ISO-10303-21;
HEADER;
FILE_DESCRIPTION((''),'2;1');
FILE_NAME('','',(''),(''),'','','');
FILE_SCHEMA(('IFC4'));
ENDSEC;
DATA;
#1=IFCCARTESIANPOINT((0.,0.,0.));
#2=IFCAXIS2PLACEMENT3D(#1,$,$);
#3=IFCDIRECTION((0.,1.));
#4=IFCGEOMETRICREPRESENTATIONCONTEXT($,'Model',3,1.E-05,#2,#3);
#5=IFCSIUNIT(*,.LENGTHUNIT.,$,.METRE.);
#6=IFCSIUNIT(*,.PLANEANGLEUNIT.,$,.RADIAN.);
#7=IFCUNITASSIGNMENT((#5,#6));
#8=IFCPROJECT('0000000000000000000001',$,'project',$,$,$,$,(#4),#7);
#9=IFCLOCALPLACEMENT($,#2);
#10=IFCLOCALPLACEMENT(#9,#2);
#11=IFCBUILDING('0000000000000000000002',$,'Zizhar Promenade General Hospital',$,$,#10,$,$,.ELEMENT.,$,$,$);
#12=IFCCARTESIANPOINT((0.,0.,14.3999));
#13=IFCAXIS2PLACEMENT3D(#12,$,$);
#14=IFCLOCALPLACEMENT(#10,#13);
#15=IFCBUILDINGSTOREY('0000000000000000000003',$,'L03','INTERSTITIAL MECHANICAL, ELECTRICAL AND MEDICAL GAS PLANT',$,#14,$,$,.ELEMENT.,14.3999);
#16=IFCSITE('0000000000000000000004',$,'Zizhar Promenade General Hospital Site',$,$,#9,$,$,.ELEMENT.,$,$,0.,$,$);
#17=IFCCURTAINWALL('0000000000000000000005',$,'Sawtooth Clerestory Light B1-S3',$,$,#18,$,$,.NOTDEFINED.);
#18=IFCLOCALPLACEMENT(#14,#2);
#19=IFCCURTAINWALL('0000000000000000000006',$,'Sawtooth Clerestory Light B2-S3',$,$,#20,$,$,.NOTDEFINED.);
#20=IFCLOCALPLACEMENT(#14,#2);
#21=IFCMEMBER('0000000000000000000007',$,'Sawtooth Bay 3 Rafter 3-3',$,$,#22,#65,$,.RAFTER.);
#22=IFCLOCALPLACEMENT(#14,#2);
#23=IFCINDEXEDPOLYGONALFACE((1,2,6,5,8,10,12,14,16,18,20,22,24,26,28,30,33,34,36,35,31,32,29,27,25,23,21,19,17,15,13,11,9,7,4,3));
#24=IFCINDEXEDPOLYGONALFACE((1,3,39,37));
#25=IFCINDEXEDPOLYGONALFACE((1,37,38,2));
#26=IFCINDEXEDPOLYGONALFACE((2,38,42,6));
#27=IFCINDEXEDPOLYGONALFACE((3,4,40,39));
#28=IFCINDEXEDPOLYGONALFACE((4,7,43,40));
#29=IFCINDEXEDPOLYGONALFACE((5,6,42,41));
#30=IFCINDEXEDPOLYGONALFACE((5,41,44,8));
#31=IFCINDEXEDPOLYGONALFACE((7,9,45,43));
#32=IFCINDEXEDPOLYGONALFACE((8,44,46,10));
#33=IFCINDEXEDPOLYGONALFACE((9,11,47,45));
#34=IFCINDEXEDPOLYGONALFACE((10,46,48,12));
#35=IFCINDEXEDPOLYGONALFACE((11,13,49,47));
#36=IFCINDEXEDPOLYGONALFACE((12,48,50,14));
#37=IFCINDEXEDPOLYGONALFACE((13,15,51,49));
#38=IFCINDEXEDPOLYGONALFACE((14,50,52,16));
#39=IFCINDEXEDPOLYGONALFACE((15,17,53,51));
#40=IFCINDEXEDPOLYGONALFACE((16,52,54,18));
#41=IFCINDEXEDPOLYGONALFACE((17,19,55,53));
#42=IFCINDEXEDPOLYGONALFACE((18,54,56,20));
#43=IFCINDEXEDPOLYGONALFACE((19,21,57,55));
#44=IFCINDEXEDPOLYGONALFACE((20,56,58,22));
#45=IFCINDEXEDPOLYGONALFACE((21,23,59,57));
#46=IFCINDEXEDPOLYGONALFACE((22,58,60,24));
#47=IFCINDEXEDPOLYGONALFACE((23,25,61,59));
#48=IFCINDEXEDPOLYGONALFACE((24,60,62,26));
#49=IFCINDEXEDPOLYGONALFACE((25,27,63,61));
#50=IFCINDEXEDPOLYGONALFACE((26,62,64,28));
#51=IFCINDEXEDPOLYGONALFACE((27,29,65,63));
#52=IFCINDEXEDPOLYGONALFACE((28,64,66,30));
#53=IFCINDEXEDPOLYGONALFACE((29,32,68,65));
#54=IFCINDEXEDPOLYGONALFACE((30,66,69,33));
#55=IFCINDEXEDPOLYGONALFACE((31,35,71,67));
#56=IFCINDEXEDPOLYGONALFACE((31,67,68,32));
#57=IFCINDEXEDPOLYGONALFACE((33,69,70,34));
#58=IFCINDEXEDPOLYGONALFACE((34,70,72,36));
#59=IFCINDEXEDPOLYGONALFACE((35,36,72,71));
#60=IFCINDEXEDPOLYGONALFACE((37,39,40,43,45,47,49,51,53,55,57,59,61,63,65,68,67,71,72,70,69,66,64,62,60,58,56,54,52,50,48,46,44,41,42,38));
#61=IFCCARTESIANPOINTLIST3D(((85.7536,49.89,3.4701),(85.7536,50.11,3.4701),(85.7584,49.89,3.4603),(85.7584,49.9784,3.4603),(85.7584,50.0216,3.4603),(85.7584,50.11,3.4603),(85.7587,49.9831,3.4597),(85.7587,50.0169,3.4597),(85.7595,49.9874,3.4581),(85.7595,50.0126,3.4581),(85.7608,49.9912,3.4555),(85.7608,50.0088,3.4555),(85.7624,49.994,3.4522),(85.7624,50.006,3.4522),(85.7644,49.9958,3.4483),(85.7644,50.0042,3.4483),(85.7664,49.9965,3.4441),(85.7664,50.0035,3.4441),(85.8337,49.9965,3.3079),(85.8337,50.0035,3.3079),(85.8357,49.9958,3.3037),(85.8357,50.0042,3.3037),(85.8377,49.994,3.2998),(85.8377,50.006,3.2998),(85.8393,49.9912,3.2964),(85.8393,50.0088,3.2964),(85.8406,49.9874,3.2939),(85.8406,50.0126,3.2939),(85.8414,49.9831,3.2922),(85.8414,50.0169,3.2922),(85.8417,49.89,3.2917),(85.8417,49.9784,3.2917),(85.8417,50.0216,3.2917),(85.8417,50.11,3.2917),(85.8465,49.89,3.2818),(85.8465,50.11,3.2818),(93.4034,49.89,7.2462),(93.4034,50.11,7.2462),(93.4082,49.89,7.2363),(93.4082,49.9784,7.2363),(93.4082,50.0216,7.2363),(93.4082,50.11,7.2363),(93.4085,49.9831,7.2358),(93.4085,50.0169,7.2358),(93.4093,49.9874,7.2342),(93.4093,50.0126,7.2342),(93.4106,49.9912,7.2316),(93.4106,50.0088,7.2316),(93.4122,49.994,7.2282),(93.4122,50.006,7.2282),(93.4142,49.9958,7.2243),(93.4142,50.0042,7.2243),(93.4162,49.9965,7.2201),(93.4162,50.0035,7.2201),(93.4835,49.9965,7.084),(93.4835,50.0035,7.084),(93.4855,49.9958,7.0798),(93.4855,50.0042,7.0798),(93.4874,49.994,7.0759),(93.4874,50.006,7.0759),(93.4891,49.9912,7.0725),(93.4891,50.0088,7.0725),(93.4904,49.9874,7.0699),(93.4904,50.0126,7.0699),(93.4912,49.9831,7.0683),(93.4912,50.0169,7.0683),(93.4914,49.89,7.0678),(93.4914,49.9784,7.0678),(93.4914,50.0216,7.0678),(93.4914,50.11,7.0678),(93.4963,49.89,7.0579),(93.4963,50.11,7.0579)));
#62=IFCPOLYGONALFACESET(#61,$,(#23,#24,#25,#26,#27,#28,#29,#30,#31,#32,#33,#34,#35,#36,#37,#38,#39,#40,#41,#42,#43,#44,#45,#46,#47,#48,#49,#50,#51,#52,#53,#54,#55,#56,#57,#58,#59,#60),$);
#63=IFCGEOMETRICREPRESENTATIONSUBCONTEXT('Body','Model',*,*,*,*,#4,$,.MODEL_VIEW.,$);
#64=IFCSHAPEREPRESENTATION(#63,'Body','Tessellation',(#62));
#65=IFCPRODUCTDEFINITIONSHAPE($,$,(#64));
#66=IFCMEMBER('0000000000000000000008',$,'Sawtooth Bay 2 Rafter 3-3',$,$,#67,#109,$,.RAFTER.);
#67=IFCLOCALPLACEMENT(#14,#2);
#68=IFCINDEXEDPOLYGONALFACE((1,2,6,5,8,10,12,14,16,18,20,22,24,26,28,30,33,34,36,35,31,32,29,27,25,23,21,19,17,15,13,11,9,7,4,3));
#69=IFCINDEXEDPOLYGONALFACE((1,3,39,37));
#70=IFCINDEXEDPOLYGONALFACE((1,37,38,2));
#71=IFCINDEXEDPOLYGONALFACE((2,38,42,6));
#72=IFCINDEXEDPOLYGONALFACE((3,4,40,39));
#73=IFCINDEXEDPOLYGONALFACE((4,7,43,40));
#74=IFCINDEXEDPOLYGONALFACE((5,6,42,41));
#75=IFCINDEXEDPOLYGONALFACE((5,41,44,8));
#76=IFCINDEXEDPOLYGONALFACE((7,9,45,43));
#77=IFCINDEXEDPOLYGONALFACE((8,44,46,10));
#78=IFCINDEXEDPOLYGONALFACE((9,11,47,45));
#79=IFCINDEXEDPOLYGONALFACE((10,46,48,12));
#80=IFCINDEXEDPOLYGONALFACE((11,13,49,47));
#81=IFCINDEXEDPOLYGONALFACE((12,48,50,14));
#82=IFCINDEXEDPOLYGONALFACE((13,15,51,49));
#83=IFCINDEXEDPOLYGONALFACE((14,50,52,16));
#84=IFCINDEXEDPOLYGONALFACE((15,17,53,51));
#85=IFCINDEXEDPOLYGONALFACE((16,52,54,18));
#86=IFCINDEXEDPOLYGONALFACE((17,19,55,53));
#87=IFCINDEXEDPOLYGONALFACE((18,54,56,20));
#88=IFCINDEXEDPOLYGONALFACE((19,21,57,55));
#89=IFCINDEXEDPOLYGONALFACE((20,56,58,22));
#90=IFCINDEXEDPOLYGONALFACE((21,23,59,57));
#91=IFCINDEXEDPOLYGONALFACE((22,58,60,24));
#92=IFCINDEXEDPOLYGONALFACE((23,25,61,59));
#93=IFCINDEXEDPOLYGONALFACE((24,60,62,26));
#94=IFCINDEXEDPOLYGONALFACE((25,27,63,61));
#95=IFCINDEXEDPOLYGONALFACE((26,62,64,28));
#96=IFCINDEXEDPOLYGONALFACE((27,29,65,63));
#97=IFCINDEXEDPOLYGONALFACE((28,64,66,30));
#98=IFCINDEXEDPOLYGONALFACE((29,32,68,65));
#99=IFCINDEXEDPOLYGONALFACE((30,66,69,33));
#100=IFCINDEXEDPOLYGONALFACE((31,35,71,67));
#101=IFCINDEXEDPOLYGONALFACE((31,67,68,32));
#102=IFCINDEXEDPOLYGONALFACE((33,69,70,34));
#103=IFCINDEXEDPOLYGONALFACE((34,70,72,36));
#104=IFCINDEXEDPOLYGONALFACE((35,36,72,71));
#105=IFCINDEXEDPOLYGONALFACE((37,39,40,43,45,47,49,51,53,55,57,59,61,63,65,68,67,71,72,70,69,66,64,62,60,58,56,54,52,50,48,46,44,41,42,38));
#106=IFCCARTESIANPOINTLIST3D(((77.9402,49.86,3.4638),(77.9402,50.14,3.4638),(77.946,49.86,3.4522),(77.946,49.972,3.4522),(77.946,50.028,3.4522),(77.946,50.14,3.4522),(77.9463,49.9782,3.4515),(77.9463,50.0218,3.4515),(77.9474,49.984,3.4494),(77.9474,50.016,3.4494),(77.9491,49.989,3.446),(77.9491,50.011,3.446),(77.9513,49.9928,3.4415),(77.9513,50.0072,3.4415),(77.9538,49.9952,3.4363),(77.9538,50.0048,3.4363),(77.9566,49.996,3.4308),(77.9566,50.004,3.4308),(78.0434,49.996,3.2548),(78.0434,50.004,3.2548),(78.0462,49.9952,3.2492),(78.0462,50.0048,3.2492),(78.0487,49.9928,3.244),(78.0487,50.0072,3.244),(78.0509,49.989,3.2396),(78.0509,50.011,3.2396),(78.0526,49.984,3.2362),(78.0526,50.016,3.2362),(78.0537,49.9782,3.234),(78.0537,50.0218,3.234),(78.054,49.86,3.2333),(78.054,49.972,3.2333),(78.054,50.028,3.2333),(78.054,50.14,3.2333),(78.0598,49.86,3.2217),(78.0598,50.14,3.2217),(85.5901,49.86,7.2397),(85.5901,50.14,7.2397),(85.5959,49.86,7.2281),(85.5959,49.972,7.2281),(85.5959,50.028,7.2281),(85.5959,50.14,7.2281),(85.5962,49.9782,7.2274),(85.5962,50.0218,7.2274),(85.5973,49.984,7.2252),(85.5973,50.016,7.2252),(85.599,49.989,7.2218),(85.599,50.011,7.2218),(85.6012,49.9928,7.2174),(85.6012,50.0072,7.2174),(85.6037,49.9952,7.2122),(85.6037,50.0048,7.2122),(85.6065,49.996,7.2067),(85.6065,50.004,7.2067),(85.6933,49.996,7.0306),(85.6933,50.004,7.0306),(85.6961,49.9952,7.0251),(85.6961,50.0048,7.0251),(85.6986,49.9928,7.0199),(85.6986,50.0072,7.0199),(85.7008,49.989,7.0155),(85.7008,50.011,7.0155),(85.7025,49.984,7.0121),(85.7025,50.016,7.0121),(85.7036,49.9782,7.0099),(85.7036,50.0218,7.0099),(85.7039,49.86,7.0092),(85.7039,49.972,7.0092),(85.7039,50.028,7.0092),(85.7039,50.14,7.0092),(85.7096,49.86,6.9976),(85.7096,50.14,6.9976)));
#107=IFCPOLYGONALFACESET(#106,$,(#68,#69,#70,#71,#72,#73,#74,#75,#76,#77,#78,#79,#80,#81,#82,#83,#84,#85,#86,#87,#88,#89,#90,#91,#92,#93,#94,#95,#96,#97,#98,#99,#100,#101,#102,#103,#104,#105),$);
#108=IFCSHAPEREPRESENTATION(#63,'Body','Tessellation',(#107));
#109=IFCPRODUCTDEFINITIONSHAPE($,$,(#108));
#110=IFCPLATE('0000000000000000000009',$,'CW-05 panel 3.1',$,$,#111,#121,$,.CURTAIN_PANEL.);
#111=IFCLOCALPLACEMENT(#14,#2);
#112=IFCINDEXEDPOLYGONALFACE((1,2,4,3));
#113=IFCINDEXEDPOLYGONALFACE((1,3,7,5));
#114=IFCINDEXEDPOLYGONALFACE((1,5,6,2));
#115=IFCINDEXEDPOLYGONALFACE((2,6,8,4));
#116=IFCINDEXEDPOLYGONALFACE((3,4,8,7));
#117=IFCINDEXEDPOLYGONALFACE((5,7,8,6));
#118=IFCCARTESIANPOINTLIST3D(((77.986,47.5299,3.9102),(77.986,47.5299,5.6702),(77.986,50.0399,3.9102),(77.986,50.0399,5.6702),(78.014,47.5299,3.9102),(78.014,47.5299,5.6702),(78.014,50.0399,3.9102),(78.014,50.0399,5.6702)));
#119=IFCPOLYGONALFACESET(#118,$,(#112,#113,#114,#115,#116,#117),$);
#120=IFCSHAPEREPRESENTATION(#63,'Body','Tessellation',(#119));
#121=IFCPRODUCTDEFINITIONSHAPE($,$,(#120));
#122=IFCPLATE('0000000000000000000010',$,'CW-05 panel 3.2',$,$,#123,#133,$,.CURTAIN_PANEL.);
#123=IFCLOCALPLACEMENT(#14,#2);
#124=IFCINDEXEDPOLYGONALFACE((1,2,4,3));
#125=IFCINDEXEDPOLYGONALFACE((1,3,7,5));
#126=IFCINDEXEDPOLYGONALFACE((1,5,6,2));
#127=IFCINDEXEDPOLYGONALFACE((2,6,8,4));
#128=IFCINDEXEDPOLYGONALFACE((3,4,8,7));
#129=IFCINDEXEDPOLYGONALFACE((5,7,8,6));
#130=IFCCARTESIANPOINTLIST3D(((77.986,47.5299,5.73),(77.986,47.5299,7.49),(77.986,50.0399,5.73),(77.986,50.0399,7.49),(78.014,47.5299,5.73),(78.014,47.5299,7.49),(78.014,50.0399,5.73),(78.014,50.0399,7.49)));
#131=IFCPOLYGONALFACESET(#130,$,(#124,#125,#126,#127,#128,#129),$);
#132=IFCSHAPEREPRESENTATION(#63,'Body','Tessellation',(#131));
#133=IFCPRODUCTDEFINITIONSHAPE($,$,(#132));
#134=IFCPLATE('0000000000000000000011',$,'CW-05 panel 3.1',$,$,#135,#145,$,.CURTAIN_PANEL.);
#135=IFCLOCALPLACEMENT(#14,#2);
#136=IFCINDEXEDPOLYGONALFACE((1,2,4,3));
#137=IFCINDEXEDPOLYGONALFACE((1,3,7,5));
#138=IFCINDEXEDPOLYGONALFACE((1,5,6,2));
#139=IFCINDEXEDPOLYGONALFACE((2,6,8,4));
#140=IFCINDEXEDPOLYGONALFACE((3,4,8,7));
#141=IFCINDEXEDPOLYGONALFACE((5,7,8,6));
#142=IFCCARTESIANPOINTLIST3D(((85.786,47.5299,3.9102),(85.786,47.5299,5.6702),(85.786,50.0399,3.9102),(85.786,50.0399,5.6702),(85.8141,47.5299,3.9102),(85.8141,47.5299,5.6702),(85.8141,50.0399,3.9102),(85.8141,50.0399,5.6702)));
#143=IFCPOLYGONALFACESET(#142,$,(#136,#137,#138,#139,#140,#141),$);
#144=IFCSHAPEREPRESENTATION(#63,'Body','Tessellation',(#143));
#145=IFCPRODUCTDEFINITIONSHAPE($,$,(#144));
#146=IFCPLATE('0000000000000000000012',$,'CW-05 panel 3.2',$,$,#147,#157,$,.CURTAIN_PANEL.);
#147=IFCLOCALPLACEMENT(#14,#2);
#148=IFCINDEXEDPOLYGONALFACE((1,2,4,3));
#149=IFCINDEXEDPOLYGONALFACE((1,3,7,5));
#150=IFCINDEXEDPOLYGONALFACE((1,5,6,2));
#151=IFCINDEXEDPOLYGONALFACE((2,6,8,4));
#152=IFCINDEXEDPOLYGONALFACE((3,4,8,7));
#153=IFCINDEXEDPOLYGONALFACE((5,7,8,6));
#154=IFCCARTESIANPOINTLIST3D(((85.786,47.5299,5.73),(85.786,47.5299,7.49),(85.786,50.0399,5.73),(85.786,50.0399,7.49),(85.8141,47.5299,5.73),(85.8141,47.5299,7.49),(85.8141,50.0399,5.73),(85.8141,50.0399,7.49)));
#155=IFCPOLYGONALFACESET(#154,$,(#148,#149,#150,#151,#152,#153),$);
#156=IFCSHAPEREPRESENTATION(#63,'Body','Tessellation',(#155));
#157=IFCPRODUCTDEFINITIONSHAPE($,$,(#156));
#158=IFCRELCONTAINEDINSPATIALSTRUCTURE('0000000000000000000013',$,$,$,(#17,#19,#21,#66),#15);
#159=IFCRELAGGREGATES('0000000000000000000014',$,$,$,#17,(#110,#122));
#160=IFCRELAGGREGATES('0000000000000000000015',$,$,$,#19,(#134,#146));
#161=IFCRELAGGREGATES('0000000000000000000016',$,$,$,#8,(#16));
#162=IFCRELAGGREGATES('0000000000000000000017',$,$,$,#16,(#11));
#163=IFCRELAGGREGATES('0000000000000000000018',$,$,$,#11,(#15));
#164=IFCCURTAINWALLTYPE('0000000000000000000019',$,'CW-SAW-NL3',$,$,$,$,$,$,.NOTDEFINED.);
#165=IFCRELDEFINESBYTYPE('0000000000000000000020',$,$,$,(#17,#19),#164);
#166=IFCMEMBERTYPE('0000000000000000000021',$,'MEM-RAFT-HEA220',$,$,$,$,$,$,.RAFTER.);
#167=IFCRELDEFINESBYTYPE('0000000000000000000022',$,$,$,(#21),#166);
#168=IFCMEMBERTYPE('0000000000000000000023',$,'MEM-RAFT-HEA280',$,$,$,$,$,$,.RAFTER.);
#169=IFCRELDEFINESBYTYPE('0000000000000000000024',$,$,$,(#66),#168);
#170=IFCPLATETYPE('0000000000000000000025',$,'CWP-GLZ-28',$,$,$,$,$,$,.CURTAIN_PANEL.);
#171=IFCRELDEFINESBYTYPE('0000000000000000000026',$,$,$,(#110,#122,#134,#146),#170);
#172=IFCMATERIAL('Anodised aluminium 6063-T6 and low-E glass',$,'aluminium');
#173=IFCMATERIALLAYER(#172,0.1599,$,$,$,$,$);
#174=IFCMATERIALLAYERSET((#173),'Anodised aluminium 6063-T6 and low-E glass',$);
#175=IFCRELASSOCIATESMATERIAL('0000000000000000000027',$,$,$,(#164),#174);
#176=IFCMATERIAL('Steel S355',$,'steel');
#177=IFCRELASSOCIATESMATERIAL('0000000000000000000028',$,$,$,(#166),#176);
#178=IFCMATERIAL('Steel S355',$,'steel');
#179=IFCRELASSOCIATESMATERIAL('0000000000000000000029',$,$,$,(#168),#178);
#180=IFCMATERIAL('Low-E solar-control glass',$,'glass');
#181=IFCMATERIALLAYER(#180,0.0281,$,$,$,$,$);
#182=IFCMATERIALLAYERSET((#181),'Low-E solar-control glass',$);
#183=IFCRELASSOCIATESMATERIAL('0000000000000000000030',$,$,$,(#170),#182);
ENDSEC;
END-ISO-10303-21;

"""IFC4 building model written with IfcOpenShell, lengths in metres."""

from ifc_helpers import new_model, si_unit, direction, frame, origin, origin_2d, place, context, subcontext, project, spatial, rectangle, i_section, extrude, material, layer, layer_set, material_profile, profile_set, type_object, element, aggregate, save


model = new_model("IFC4")

# Units and contexts
model_context = context("Model", 3, precision=1e-05, world=origin(), true_north=direction((0.0, 1.0)))
body_context = subcontext(model_context, "Body", "Model", "MODEL_VIEW")
ifc_project = project(units=[si_unit("LENGTHUNIT", "METRE"), si_unit("PLANEANGLEUNIT", "RADIAN")], contexts=[model_context])

# Site, building, storey
site_placement = place(None, origin())
site = spatial("IfcSite", under=ifc_project, at=site_placement, Name="Zizhar Promenade General Hospital Site", CompositionType="ELEMENT", RefElevation=0.0)
building_placement = place(site_placement, origin())
building = spatial("IfcBuilding", under=site, at=building_placement, Name="Zizhar Promenade General Hospital", CompositionType="ELEMENT")
storey_placement = place(building_placement, frame((0.0, 0.0, 14.3999)))
storey = spatial("IfcBuildingStorey", under=building, at=storey_placement, Name="L03", Description="INTERSTITIAL MECHANICAL, ELECTRICAL AND MEDICAL GAS PLANT", CompositionType="ELEMENT", Elevation=14.3999)

# Curtain wall
ifc_material_1 = material(Name="Anodised aluminium 6063-T6 and low-E glass", Category="aluminium")
ifc_layer_1 = layer(ifc_material_1, 0.1599)
ifc_layer_set_1 = layer_set([ifc_layer_1], Name="Anodised aluminium 6063-T6 and low-E glass")
curtain_wall_type = type_object("IfcCurtainWallType", Name="CW-SAW-NL3", PredefinedType="NOTDEFINED", material=ifc_layer_set_1)
curtain_wall_1_placement = place(storey_placement, origin())
curtain_wall_1 = element("IfcCurtainWall", 1, at=curtain_wall_1_placement, inside=storey, type_object=curtain_wall_type, Name="Sawtooth Clerestory Light B1-S3", PredefinedType="NOTDEFINED")

# Curtain wall
curtain_wall_2_placement = place(storey_placement, origin())
curtain_wall_2 = element("IfcCurtainWall", 2, at=curtain_wall_2_placement, inside=storey, type_object=curtain_wall_type, Name="Sawtooth Clerestory Light B2-S3", PredefinedType="NOTDEFINED")

# Members
ifc_material_2 = material(Name="Steel S355", Category="steel")
ifc_material_profile_1 = material_profile(ifc_material_2, i_section(OverallWidth=0.22, OverallDepth=0.21, WebThickness=0.0071, FlangeThickness=0.011, FilletRadius=0.0181, at=origin_2d()))
ifc_profile_set_1 = profile_set([ifc_material_profile_1], Name="Steel S355")
member_type_1 = type_object("IfcMemberType", Name="MEM-RAFT-HEA220", PredefinedType="RAFTER", material=ifc_profile_set_1)
member_1_placement = place(storey_placement, frame((85.8, 50.0, 3.376), z_axis=(0.896705, 0.0, 0.442629), x_axis=(0.0, 1.0, 0.0)))
element("IfcMember", 3, at=member_1_placement, inside=storey, type_object=member_type_1, Name="Sawtooth Bay 3 Rafter 3-3", PredefinedType="RAFTER", context=body_context, shape_type="SweptSolid", body=[
    extrude(i_section(OverallWidth=0.22, OverallDepth=0.21, WebThickness=0.0071, FlangeThickness=0.011, FilletRadius=0.0181, at=origin_2d()), origin(), (0.0, 0.0, 1.0), 8.531),
])
ifc_material_3 = material(Name="Steel S355", Category="steel")
ifc_material_profile_2 = material_profile(ifc_material_3, i_section(OverallWidth=0.28, OverallDepth=0.27, WebThickness=0.0081, FlangeThickness=0.0129, FilletRadius=0.0239, at=origin_2d()))
ifc_profile_set_2 = profile_set([ifc_material_profile_2], Name="Steel S355")
member_type_2 = type_object("IfcMemberType", Name="MEM-RAFT-HEA280", PredefinedType="RAFTER", material=ifc_profile_set_2)
member_2_placement = place(storey_placement, frame((78.0, 50.0, 3.3428), z_axis=(0.896716, 0.0, 0.442606), x_axis=(0.0, 1.0, 0.0)))
element("IfcMember", 4, at=member_2_placement, inside=storey, type_object=member_type_2, Name="Sawtooth Bay 2 Rafter 3-3", PredefinedType="RAFTER", context=body_context, shape_type="SweptSolid", body=[
    extrude(i_section(OverallWidth=0.28, OverallDepth=0.27, WebThickness=0.0081, FlangeThickness=0.0129, FilletRadius=0.0239, at=origin_2d()), origin(), (0.0, 0.0, 1.0), 8.531),
])

# Plates
ifc_material_4 = material(Name="Low-E solar-control glass", Category="glass")
ifc_layer_2 = layer(ifc_material_4, 0.0281)
ifc_layer_set_2 = layer_set([ifc_layer_2], Name="Low-E solar-control glass")
plate_type = type_object("IfcPlateType", Name="CWP-GLZ-28", PredefinedType="CURTAIN_PANEL", material=ifc_layer_set_2)
plate_1_placement = place(storey_placement, frame((78.0, 48.7849, 3.9102), z_axis=(0.0, 0.0, 1.0), x_axis=(0.0, 1.0, 0.0)))
plate_1 = element("IfcPlate", 5, at=plate_1_placement, type_object=plate_type, Name="CW-05 panel 3.1", PredefinedType="CURTAIN_PANEL", context=body_context, shape_type="SweptSolid", body=[
    extrude(rectangle(XDim=2.51, YDim=0.0281, at=origin_2d()), origin(), (0.0, 0.0, 1.0), 1.76),
])
plate_2_placement = place(storey_placement, frame((78.0, 48.7849, 5.73), z_axis=(0.0, 0.0, 1.0), x_axis=(0.0, 1.0, 0.0)))
plate_2 = element("IfcPlate", 6, at=plate_2_placement, type_object=plate_type, Name="CW-05 panel 3.2", PredefinedType="CURTAIN_PANEL", context=body_context, shape_type="SweptSolid", body=[
    extrude(rectangle(XDim=2.51, YDim=0.0281, at=origin_2d()), origin(), (0.0, 0.0, 1.0), 1.76),
])
aggregate(curtain_wall_1, [plate_1, plate_2])
plate_3_placement = place(storey_placement, frame((85.8, 48.7849, 3.9102), z_axis=(0.0, 0.0, 1.0), x_axis=(0.0, 1.0, 0.0)))
plate_3 = element("IfcPlate", 7, at=plate_3_placement, type_object=plate_type, Name="CW-05 panel 3.1", PredefinedType="CURTAIN_PANEL", context=body_context, shape_type="SweptSolid", body=[
    extrude(rectangle(XDim=2.51, YDim=0.0281, at=origin_2d()), origin(), (0.0, 0.0, 1.0), 1.76),
])
plate_4_placement = place(storey_placement, frame((85.8, 48.7849, 5.73), z_axis=(0.0, 0.0, 1.0), x_axis=(0.0, 1.0, 0.0)))
plate_4 = element("IfcPlate", 8, at=plate_4_placement, type_object=plate_type, Name="CW-05 panel 3.2", PredefinedType="CURTAIN_PANEL", context=body_context, shape_type="SweptSolid", body=[
    extrude(rectangle(XDim=2.51, YDim=0.0281, at=origin_2d()), origin(), (0.0, 0.0, 1.0), 1.76),
])
aggregate(curtain_wall_2, [plate_3, plate_4])

save(model, "model.ifc")
